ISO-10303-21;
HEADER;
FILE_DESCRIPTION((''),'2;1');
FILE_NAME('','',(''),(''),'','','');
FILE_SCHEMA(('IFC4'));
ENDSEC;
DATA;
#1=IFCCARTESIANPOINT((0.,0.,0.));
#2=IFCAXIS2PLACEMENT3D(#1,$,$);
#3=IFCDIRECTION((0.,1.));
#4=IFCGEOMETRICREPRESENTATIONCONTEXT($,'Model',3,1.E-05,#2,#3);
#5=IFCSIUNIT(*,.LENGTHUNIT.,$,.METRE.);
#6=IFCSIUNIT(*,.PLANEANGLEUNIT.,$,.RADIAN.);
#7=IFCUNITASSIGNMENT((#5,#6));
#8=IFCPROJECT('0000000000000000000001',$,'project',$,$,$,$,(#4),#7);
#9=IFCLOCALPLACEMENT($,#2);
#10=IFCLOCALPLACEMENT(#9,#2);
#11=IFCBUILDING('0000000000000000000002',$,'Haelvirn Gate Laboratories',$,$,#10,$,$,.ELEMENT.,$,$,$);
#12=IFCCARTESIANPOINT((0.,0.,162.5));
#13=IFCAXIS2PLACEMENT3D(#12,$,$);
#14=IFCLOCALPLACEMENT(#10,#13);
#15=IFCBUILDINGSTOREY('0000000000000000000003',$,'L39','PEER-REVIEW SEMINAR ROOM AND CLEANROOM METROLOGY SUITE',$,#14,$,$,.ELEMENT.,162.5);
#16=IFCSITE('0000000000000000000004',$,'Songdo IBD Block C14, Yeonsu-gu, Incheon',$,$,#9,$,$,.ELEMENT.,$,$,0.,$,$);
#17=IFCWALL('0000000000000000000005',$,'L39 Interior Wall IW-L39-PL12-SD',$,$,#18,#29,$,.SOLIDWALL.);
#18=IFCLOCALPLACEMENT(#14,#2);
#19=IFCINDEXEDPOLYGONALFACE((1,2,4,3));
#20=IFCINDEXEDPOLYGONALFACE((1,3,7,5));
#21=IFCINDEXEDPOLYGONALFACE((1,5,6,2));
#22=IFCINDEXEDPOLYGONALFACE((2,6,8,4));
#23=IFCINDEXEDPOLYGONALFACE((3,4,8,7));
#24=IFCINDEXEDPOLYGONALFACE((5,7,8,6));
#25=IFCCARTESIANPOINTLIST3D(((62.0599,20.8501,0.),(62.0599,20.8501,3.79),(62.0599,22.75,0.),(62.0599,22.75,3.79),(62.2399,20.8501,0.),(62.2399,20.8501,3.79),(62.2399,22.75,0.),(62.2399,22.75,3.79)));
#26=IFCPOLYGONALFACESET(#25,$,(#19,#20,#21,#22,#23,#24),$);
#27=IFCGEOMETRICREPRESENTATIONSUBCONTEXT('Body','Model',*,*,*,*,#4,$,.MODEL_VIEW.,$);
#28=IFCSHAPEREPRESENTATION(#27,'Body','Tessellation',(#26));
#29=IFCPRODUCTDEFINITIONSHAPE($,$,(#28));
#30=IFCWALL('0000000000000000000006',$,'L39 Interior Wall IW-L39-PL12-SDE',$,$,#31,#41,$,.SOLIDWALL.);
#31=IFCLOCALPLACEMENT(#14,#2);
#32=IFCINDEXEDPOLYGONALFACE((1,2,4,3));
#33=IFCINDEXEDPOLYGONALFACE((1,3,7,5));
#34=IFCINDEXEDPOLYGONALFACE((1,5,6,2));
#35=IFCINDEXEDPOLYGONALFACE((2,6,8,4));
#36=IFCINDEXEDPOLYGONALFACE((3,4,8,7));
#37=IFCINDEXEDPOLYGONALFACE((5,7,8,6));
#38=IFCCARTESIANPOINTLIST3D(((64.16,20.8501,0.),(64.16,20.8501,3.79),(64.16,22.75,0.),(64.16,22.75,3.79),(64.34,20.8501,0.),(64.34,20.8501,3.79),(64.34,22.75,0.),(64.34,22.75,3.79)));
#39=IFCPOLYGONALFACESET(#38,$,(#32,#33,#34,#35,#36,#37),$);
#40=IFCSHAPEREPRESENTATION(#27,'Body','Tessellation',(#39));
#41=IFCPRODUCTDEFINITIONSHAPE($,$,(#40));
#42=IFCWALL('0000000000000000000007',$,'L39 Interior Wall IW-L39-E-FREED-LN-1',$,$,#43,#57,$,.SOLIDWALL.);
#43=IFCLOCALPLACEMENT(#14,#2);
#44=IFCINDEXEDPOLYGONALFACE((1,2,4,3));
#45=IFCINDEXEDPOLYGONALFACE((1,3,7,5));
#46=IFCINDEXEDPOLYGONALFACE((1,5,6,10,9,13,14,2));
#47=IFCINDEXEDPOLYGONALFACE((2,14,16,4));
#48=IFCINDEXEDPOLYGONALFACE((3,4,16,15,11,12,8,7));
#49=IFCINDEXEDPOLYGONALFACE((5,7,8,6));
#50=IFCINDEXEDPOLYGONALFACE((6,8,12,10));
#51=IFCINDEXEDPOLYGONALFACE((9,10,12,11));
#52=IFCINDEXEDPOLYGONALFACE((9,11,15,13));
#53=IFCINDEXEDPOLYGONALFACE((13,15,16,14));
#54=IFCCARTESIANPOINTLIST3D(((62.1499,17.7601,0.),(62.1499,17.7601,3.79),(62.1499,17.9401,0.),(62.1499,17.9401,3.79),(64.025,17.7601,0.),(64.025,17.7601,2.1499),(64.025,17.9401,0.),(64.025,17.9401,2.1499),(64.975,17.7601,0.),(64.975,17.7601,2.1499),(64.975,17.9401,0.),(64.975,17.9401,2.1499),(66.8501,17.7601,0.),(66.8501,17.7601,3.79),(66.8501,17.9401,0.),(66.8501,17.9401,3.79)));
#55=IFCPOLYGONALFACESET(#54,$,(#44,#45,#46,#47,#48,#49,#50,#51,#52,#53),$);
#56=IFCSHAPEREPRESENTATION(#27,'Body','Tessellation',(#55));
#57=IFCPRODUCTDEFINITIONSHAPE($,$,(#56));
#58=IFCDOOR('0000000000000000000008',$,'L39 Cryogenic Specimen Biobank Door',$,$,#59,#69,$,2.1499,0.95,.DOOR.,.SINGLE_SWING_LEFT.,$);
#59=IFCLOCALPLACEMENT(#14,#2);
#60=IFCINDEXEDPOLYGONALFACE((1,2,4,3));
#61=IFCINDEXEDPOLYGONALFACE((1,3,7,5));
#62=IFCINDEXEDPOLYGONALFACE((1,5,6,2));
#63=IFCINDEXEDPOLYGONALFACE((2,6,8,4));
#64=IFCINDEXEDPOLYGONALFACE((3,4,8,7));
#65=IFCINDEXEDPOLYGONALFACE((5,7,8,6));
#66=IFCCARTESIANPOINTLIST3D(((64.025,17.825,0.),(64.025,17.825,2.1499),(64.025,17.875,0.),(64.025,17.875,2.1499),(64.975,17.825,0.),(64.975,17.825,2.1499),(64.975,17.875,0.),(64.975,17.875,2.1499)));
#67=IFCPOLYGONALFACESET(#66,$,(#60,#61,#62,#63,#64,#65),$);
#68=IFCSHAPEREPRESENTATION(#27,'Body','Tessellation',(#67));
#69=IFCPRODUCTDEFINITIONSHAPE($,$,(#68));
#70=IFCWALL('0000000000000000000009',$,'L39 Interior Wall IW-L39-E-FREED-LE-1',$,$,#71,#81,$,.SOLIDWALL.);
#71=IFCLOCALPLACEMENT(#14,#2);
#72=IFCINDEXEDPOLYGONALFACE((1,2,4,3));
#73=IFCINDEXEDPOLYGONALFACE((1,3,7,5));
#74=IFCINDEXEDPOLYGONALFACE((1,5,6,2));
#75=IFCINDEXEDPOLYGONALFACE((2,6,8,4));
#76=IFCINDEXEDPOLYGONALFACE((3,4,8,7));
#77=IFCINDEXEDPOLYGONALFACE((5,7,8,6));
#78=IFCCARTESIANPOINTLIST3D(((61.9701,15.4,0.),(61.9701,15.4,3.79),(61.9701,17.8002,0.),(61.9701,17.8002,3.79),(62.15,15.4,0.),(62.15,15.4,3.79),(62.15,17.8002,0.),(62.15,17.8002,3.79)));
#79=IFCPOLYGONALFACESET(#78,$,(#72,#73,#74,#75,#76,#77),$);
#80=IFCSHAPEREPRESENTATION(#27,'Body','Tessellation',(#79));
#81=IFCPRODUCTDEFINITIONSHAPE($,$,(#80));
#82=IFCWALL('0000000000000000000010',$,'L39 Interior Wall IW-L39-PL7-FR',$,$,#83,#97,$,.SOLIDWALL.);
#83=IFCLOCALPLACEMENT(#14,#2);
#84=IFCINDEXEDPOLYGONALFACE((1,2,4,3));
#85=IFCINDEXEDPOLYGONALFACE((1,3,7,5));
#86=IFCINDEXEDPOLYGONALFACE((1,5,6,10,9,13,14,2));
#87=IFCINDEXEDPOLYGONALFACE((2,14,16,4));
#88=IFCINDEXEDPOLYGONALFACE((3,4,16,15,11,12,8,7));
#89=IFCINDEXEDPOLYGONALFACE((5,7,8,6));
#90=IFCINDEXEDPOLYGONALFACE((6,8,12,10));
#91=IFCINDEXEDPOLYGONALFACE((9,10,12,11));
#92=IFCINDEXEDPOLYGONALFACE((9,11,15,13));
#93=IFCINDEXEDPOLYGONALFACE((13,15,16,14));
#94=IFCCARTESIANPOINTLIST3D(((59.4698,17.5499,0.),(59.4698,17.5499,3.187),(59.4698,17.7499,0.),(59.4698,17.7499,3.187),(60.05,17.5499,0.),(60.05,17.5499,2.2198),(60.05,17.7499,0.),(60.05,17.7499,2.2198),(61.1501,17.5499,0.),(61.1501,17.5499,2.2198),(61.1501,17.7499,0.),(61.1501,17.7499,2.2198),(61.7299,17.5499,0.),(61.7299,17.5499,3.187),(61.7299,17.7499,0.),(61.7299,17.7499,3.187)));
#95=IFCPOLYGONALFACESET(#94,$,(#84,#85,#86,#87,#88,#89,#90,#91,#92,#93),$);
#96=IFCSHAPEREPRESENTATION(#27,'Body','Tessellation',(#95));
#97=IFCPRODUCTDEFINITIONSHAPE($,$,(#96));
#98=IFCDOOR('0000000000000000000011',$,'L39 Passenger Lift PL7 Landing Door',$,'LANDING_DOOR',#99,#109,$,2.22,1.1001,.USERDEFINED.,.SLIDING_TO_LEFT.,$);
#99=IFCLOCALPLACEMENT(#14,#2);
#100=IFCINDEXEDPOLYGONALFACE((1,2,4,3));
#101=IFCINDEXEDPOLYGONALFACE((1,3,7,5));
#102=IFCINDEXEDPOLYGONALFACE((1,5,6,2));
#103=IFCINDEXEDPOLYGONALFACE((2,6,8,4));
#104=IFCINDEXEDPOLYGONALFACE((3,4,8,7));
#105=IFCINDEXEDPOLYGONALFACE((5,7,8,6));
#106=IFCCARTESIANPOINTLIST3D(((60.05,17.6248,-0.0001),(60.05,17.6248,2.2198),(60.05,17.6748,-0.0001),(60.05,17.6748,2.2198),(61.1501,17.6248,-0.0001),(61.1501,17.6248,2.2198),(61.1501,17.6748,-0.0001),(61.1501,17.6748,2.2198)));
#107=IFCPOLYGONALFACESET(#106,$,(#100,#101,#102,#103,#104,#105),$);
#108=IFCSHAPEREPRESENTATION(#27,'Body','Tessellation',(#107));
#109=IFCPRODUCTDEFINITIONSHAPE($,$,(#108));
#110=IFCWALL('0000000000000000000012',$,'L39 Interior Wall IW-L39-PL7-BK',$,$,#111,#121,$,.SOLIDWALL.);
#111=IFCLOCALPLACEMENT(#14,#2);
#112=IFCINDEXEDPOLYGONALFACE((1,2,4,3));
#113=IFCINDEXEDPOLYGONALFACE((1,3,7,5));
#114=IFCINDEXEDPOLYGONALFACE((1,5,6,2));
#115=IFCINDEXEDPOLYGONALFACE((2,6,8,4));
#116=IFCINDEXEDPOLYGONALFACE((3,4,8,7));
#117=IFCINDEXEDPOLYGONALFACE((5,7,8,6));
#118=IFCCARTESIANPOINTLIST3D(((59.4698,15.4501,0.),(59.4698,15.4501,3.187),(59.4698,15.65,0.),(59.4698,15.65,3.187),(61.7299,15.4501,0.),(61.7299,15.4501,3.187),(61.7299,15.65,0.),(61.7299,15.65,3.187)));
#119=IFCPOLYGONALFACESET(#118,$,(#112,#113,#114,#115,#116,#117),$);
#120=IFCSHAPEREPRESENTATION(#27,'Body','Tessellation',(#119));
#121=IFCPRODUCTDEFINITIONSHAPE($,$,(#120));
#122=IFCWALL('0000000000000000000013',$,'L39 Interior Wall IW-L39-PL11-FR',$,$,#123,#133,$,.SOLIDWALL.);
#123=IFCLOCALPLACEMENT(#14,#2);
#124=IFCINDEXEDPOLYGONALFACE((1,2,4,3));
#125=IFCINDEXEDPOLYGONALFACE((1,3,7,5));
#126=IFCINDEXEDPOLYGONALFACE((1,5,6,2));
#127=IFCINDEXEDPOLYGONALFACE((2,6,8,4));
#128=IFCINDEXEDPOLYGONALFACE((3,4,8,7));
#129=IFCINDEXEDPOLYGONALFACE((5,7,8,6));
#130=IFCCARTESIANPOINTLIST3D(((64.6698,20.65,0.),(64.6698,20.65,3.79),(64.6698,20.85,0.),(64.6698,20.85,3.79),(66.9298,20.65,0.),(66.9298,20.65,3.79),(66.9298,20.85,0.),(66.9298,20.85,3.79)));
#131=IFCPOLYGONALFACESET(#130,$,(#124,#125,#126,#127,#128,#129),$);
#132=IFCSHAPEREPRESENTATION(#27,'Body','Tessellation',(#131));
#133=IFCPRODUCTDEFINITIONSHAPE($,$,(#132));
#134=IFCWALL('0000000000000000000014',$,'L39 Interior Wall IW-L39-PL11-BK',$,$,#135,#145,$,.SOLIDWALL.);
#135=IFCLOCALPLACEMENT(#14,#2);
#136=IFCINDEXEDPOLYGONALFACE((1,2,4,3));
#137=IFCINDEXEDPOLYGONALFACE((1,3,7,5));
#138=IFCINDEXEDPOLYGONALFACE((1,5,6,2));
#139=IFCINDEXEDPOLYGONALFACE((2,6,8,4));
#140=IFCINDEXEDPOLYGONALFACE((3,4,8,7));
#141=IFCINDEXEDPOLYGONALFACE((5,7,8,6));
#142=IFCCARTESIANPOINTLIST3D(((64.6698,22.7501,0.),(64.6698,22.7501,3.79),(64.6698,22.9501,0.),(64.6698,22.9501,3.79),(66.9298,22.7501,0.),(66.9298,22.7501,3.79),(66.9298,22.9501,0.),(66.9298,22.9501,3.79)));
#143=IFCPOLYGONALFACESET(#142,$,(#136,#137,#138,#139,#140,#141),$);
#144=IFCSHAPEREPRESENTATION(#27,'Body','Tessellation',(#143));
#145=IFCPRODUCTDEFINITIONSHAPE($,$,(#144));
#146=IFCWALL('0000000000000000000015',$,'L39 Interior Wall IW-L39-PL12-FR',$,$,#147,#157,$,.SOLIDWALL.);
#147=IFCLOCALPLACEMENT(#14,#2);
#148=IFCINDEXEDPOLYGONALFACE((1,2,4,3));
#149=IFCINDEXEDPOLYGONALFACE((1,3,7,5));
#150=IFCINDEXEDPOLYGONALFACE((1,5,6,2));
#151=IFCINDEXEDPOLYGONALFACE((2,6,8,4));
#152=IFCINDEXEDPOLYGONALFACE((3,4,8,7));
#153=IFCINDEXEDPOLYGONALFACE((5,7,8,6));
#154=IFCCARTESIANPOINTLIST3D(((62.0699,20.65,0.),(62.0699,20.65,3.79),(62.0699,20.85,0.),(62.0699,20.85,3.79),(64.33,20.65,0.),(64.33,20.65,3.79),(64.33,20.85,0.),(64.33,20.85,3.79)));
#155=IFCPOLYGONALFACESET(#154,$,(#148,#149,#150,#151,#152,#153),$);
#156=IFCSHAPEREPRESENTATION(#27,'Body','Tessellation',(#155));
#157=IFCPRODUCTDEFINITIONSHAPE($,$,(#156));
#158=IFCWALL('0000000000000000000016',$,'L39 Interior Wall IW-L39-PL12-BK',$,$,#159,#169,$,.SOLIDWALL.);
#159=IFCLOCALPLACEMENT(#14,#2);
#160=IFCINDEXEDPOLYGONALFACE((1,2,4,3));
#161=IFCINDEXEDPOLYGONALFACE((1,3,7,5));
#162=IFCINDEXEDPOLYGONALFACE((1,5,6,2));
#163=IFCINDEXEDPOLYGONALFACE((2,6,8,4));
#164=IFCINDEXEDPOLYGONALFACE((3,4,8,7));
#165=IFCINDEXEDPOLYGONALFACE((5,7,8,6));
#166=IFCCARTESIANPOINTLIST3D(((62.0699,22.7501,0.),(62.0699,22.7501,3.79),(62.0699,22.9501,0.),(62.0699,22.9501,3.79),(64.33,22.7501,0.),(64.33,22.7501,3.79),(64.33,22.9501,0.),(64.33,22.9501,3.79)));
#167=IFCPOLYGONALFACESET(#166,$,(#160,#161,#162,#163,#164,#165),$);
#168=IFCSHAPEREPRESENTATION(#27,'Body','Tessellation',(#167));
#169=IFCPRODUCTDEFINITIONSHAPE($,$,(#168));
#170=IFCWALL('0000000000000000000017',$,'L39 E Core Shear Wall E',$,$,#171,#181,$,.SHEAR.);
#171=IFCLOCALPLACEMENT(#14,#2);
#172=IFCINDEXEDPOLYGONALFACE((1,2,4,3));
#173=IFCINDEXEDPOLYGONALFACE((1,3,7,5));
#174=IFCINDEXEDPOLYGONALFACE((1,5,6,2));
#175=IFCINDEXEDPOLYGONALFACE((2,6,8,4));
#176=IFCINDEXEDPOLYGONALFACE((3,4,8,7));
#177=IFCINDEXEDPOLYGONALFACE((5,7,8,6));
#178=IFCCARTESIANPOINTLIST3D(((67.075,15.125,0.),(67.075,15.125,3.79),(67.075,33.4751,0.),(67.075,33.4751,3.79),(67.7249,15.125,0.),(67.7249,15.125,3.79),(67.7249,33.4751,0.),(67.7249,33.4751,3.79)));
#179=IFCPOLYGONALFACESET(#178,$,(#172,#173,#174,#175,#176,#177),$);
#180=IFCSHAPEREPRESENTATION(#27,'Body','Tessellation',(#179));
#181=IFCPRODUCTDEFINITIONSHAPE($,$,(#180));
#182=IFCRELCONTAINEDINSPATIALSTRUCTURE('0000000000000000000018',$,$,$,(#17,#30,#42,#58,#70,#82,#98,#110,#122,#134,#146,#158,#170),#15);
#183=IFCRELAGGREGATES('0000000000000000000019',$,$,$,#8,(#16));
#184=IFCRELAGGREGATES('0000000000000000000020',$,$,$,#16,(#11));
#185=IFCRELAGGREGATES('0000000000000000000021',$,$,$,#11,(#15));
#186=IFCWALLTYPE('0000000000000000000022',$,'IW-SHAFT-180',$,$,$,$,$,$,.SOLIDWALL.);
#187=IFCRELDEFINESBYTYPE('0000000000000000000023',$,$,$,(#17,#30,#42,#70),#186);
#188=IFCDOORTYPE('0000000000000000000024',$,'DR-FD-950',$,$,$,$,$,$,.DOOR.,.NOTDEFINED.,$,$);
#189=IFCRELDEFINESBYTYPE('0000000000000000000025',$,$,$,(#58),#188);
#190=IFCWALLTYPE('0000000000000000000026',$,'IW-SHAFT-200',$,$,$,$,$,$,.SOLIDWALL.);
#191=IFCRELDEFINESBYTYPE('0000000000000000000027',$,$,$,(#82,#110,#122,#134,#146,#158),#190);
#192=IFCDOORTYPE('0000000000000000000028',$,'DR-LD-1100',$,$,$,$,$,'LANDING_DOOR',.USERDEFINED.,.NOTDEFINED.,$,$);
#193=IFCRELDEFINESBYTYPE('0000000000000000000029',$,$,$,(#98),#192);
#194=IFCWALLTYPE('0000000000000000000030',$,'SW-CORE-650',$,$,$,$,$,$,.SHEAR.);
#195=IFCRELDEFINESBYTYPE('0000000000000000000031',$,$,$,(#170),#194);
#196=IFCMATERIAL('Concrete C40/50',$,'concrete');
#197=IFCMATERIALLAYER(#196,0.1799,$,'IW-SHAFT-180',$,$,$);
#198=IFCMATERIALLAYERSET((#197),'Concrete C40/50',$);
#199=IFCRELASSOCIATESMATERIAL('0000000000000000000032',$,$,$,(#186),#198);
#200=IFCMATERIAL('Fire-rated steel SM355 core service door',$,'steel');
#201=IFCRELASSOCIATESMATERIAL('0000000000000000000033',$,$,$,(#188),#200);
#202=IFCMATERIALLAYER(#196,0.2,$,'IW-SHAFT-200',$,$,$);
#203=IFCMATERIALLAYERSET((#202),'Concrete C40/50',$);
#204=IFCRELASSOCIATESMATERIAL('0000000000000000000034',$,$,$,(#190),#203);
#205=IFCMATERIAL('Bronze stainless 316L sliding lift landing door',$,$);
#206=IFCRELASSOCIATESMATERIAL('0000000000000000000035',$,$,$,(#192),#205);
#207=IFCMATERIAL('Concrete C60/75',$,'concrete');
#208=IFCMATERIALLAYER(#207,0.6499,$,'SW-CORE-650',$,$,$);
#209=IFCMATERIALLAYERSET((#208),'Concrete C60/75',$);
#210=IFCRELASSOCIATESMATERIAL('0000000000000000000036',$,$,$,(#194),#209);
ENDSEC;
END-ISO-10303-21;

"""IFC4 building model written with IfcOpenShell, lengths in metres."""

from ifc_helpers import new_model, si_unit, direction, frame, frame_2d, origin, place, context, subcontext, project, spatial, rectangle, extrude, source, transform, mapped, material, layer, layer_set, type_object, type_shapes, element, fill, save


model = new_model("IFC4")

# Units and contexts
model_context = context("Model", 3, precision=1e-05, world=origin(), true_north=direction((0.0, 1.0)))
body_context = subcontext(model_context, "Body", "Model", "MODEL_VIEW")
ifc_project = project(units=[si_unit("LENGTHUNIT", "METRE"), si_unit("PLANEANGLEUNIT", "RADIAN")], contexts=[model_context])

# Site, building, storey
site_placement = place(None, origin())
site = spatial("IfcSite", under=ifc_project, at=site_placement, Name="Songdo IBD Block C14, Yeonsu-gu, Incheon", CompositionType="ELEMENT", RefElevation=0.0)
building_placement = place(site_placement, origin())
building = spatial("IfcBuilding", under=site, at=building_placement, Name="Haelvirn Gate Laboratories", CompositionType="ELEMENT")
storey_placement = place(building_placement, frame((0.0, 0.0, 162.5)))
storey = spatial("IfcBuildingStorey", under=building, at=storey_placement, Name="L39", Description="PEER-REVIEW SEMINAR ROOM AND CLEANROOM METROLOGY SUITE", CompositionType="ELEMENT", Elevation=162.5)

# Shared definitions
ifc_material_1 = material(Name="Concrete C60/75", Category="concrete")

# Walls
ifc_material_2 = material(Name="Concrete C40/50", Category="concrete")
ifc_layer_1 = layer(ifc_material_2, 0.1799, Name="IW-SHAFT-180")
ifc_layer_set_1 = layer_set([ifc_layer_1], Name="Concrete C40/50")
wall_type_1 = type_object("IfcWallType", Name="IW-SHAFT-180", PredefinedType="SOLIDWALL", material=ifc_layer_set_1)
for number, where, z_axis, x_axis, name in (
    (1, (62.1499, 20.8501, 0.0), (0.0, 0.0, 1.0), (0.0, 1.0, 0.0), "L39 Interior Wall IW-L39-PL12-SD"),
    (2, (64.25, 20.8501, 0.0), (0.0, 0.0, 1.0), (0.0, 1.0, 0.0), "L39 Interior Wall IW-L39-PL12-SDE"),
):
    element("IfcWall", number, at=place(storey_placement, frame(where, z_axis=z_axis, x_axis=x_axis)), inside=storey, type_object=wall_type_1, Name=name, PredefinedType="SOLIDWALL", context=body_context, shape_type="SweptSolid", body=[
        extrude(rectangle(XDim=1.8999, YDim=0.1799, at=frame_2d((0.95, 0.0))), origin(), (0.0, 0.0, 1.0), 3.79),
    ])

# Wall, opening, door
wall_1_placement = place(storey_placement, frame((62.1499, 17.8501, 0.0), z_axis=(0.0, 0.0, 1.0), x_axis=(1.0, 0.0, 0.0)))
wall_1 = element("IfcWall", 3, at=wall_1_placement, inside=storey, type_object=wall_type_1, Name="L39 Interior Wall IW-L39-E-FREED-LN-1", PredefinedType="SOLIDWALL", context=body_context, shape_type="SweptSolid", body=[
    extrude(rectangle(XDim=4.7002, YDim=0.1799, at=frame_2d((2.3501, 0.0))), origin(), (0.0, 0.0, 1.0), 3.79),
])
opening_1_placement = place(wall_1_placement, frame((1.875, 0.0, 0.0)))
opening_1 = element("IfcOpeningElement", 4, at=opening_1_placement, cuts=wall_1, PredefinedType="OPENING", context=body_context, shape_type="SweptSolid", body=[
    extrude(rectangle(XDim=0.95, YDim=2.1499, at=frame_2d((0.4751, 1.075))), frame((0.0, 0.1001, 0.0), z_axis=(0.0, -1.0, 0.0), x_axis=(1.0, 0.0, 0.0)), (0.0, 0.0, 1.0), 0.2),
])
ifc_material_3 = material(Name="Fire-rated steel SM355 core service door", Category="steel")
door_type_1 = type_object("IfcDoorType", Name="DR-FD-950", OperationType="NOTDEFINED", PredefinedType="DOOR", material=ifc_material_3)
shared_shape_1 = source(origin(), body_context, "Body", "SweptSolid", [
    extrude(rectangle(XDim=0.95, YDim=2.1499, at=frame_2d((0.4751, 1.075))), frame((0.0, 0.0249, 0.0), z_axis=(0.0, -1.0, 0.0), x_axis=(1.0, 0.0, 0.0)), (0.0, 0.0, 1.0), 0.05),
])
type_shapes(door_type_1, [shared_shape_1])
door_1_placement = place(opening_1_placement, origin())
door_1 = element("IfcDoor", 5, at=door_1_placement, inside=storey, type_object=door_type_1, Name="L39 Cryogenic Specimen Biobank Door", OperationType="SINGLE_SWING_LEFT", OverallHeight=2.1499, OverallWidth=0.95, PredefinedType="DOOR", context=body_context, shape_type="MappedRepresentation", body=[
    mapped(shared_shape_1, transform((0.0, 0.0, 0.0), scale=1.0)),
])
fill(opening_1, door_1)

# Wall
wall_2_placement = place(storey_placement, frame((62.0601, 15.3999, 0.0), z_axis=(0.0, 0.0, 1.0), x_axis=(0.0, 1.0, 0.0)))
element("IfcWall", 6, at=wall_2_placement, inside=storey, type_object=wall_type_1, Name="L39 Interior Wall IW-L39-E-FREED-LE-1", PredefinedType="SOLIDWALL", context=body_context, shape_type="SweptSolid", body=[
    extrude(rectangle(XDim=2.4001, YDim=0.1799, at=frame_2d((1.2002, 0.0))), origin(), (0.0, 0.0, 1.0), 3.79),
])

# Wall, opening, door
ifc_layer_2 = layer(ifc_material_2, 0.2, Name="IW-SHAFT-200")
ifc_layer_set_2 = layer_set([ifc_layer_2], Name="Concrete C40/50")
wall_type_2 = type_object("IfcWallType", Name="IW-SHAFT-200", PredefinedType="SOLIDWALL", material=ifc_layer_set_2)
wall_3_placement = place(storey_placement, frame((59.47, 17.6499, 0.0), z_axis=(0.0, 0.0, 1.0), x_axis=(1.0, 0.0, 0.0)))
wall_3 = element("IfcWall", 7, at=wall_3_placement, inside=storey, type_object=wall_type_2, Name="L39 Interior Wall IW-L39-PL7-FR", PredefinedType="SOLIDWALL", context=body_context, shape_type="SweptSolid", body=[
    extrude(rectangle(XDim=2.26, YDim=0.2, at=frame_2d((1.1299, 0.0))), origin(), (0.0, 0.0, 1.0), 3.187),
])
opening_2_placement = place(wall_3_placement, frame((0.5801, 0.0, 0.0)))
opening_2 = element("IfcOpeningElement", 8, at=opening_2_placement, cuts=wall_3, PredefinedType="OPENING", context=body_context, shape_type="SweptSolid", body=[
    extrude(rectangle(XDim=1.1001, YDim=2.22, at=frame_2d((0.55, 1.1099))), frame((0.0, 0.1099, 0.0), z_axis=(0.0, -1.0, 0.0), x_axis=(1.0, 0.0, 0.0)), (0.0, 0.0, 1.0), 0.22),
])
ifc_material_4 = material(Name="Bronze stainless 316L sliding lift landing door")
door_type_2 = type_object("IfcDoorType", Name="DR-LD-1100", ElementType="LANDING_DOOR", OperationType="NOTDEFINED", PredefinedType="USERDEFINED", material=ifc_material_4)
shared_shape_2 = source(origin(), body_context, "Body", "SweptSolid", [
    extrude(rectangle(XDim=1.1001, YDim=2.22, at=frame_2d((0.55, 1.1099))), frame((0.0, 0.0249, 0.0), z_axis=(0.0, -1.0, 0.0), x_axis=(1.0, 0.0, 0.0)), (0.0, 0.0, 1.0), 0.05),
])
type_shapes(door_type_2, [shared_shape_2])
door_2_placement = place(opening_2_placement, origin())
door_2 = element("IfcDoor", 9, at=door_2_placement, inside=storey, type_object=door_type_2, Name="L39 Passenger Lift PL7 Landing Door", ObjectType="LANDING_DOOR", OperationType="SLIDING_TO_LEFT", OverallHeight=2.22, OverallWidth=1.1001, PredefinedType="USERDEFINED", context=body_context, shape_type="MappedRepresentation", body=[
    mapped(shared_shape_2, transform((0.0, 0.0, 0.0), scale=1.0)),
])
fill(opening_2, door_2)

# Walls
wall_4_placement = place(storey_placement, frame((59.47, 15.55, 0.0), z_axis=(0.0, 0.0, 1.0), x_axis=(1.0, 0.0, 0.0)))
element("IfcWall", 10, at=wall_4_placement, inside=storey, type_object=wall_type_2, Name="L39 Interior Wall IW-L39-PL7-BK", PredefinedType="SOLIDWALL", context=body_context, shape_type="SweptSolid", body=[
    extrude(rectangle(XDim=2.26, YDim=0.2, at=frame_2d((1.1299, 0.0))), origin(), (0.0, 0.0, 1.0), 3.187),
])
for number, where, z_axis, x_axis, name in (
    (11, (64.6699, 20.75, 0.0), (0.0, 0.0, 1.0), (1.0, 0.0, 0.0), "L39 Interior Wall IW-L39-PL11-FR"),
    (12, (64.6699, 22.8501, 0.0), (0.0, 0.0, 1.0), (1.0, 0.0, 0.0), "L39 Interior Wall IW-L39-PL11-BK"),
    (13, (62.0701, 20.75, 0.0), (0.0, 0.0, 1.0), (1.0, 0.0, 0.0), "L39 Interior Wall IW-L39-PL12-FR"),
    (14, (62.0701, 22.8501, 0.0), (0.0, 0.0, 1.0), (1.0, 0.0, 0.0), "L39 Interior Wall IW-L39-PL12-BK"),
):
    element("IfcWall", number, at=place(storey_placement, frame(where, z_axis=z_axis, x_axis=x_axis)), inside=storey, type_object=wall_type_2, Name=name, PredefinedType="SOLIDWALL", context=body_context, shape_type="SweptSolid", body=[
        extrude(rectangle(XDim=2.26, YDim=0.2, at=frame_2d((1.1299, 0.0))), origin(), (0.0, 0.0, 1.0), 3.79),
    ])
ifc_layer_3 = layer(ifc_material_1, 0.6499, Name="SW-CORE-650")
ifc_layer_set_3 = layer_set([ifc_layer_3], Name="Concrete C60/75")
wall_type_3 = type_object("IfcWallType", Name="SW-CORE-650", PredefinedType="SHEAR", material=ifc_layer_set_3)
wall_5_placement = place(storey_placement, frame((67.3999, 15.125, 0.0), z_axis=(0.0, 0.0, 1.0), x_axis=(0.0, 1.0, 0.0)))
element("IfcWall", 15, at=wall_5_placement, inside=storey, type_object=wall_type_3, Name="L39 E Core Shear Wall E", PredefinedType="SHEAR", context=body_context, shape_type="SweptSolid", body=[
    extrude(rectangle(XDim=18.3501, YDim=0.6499, at=frame_2d((9.175, 0.0))), origin(), (0.0, 0.0, 1.0), 3.79),
])

save(model, "model.ifc")
